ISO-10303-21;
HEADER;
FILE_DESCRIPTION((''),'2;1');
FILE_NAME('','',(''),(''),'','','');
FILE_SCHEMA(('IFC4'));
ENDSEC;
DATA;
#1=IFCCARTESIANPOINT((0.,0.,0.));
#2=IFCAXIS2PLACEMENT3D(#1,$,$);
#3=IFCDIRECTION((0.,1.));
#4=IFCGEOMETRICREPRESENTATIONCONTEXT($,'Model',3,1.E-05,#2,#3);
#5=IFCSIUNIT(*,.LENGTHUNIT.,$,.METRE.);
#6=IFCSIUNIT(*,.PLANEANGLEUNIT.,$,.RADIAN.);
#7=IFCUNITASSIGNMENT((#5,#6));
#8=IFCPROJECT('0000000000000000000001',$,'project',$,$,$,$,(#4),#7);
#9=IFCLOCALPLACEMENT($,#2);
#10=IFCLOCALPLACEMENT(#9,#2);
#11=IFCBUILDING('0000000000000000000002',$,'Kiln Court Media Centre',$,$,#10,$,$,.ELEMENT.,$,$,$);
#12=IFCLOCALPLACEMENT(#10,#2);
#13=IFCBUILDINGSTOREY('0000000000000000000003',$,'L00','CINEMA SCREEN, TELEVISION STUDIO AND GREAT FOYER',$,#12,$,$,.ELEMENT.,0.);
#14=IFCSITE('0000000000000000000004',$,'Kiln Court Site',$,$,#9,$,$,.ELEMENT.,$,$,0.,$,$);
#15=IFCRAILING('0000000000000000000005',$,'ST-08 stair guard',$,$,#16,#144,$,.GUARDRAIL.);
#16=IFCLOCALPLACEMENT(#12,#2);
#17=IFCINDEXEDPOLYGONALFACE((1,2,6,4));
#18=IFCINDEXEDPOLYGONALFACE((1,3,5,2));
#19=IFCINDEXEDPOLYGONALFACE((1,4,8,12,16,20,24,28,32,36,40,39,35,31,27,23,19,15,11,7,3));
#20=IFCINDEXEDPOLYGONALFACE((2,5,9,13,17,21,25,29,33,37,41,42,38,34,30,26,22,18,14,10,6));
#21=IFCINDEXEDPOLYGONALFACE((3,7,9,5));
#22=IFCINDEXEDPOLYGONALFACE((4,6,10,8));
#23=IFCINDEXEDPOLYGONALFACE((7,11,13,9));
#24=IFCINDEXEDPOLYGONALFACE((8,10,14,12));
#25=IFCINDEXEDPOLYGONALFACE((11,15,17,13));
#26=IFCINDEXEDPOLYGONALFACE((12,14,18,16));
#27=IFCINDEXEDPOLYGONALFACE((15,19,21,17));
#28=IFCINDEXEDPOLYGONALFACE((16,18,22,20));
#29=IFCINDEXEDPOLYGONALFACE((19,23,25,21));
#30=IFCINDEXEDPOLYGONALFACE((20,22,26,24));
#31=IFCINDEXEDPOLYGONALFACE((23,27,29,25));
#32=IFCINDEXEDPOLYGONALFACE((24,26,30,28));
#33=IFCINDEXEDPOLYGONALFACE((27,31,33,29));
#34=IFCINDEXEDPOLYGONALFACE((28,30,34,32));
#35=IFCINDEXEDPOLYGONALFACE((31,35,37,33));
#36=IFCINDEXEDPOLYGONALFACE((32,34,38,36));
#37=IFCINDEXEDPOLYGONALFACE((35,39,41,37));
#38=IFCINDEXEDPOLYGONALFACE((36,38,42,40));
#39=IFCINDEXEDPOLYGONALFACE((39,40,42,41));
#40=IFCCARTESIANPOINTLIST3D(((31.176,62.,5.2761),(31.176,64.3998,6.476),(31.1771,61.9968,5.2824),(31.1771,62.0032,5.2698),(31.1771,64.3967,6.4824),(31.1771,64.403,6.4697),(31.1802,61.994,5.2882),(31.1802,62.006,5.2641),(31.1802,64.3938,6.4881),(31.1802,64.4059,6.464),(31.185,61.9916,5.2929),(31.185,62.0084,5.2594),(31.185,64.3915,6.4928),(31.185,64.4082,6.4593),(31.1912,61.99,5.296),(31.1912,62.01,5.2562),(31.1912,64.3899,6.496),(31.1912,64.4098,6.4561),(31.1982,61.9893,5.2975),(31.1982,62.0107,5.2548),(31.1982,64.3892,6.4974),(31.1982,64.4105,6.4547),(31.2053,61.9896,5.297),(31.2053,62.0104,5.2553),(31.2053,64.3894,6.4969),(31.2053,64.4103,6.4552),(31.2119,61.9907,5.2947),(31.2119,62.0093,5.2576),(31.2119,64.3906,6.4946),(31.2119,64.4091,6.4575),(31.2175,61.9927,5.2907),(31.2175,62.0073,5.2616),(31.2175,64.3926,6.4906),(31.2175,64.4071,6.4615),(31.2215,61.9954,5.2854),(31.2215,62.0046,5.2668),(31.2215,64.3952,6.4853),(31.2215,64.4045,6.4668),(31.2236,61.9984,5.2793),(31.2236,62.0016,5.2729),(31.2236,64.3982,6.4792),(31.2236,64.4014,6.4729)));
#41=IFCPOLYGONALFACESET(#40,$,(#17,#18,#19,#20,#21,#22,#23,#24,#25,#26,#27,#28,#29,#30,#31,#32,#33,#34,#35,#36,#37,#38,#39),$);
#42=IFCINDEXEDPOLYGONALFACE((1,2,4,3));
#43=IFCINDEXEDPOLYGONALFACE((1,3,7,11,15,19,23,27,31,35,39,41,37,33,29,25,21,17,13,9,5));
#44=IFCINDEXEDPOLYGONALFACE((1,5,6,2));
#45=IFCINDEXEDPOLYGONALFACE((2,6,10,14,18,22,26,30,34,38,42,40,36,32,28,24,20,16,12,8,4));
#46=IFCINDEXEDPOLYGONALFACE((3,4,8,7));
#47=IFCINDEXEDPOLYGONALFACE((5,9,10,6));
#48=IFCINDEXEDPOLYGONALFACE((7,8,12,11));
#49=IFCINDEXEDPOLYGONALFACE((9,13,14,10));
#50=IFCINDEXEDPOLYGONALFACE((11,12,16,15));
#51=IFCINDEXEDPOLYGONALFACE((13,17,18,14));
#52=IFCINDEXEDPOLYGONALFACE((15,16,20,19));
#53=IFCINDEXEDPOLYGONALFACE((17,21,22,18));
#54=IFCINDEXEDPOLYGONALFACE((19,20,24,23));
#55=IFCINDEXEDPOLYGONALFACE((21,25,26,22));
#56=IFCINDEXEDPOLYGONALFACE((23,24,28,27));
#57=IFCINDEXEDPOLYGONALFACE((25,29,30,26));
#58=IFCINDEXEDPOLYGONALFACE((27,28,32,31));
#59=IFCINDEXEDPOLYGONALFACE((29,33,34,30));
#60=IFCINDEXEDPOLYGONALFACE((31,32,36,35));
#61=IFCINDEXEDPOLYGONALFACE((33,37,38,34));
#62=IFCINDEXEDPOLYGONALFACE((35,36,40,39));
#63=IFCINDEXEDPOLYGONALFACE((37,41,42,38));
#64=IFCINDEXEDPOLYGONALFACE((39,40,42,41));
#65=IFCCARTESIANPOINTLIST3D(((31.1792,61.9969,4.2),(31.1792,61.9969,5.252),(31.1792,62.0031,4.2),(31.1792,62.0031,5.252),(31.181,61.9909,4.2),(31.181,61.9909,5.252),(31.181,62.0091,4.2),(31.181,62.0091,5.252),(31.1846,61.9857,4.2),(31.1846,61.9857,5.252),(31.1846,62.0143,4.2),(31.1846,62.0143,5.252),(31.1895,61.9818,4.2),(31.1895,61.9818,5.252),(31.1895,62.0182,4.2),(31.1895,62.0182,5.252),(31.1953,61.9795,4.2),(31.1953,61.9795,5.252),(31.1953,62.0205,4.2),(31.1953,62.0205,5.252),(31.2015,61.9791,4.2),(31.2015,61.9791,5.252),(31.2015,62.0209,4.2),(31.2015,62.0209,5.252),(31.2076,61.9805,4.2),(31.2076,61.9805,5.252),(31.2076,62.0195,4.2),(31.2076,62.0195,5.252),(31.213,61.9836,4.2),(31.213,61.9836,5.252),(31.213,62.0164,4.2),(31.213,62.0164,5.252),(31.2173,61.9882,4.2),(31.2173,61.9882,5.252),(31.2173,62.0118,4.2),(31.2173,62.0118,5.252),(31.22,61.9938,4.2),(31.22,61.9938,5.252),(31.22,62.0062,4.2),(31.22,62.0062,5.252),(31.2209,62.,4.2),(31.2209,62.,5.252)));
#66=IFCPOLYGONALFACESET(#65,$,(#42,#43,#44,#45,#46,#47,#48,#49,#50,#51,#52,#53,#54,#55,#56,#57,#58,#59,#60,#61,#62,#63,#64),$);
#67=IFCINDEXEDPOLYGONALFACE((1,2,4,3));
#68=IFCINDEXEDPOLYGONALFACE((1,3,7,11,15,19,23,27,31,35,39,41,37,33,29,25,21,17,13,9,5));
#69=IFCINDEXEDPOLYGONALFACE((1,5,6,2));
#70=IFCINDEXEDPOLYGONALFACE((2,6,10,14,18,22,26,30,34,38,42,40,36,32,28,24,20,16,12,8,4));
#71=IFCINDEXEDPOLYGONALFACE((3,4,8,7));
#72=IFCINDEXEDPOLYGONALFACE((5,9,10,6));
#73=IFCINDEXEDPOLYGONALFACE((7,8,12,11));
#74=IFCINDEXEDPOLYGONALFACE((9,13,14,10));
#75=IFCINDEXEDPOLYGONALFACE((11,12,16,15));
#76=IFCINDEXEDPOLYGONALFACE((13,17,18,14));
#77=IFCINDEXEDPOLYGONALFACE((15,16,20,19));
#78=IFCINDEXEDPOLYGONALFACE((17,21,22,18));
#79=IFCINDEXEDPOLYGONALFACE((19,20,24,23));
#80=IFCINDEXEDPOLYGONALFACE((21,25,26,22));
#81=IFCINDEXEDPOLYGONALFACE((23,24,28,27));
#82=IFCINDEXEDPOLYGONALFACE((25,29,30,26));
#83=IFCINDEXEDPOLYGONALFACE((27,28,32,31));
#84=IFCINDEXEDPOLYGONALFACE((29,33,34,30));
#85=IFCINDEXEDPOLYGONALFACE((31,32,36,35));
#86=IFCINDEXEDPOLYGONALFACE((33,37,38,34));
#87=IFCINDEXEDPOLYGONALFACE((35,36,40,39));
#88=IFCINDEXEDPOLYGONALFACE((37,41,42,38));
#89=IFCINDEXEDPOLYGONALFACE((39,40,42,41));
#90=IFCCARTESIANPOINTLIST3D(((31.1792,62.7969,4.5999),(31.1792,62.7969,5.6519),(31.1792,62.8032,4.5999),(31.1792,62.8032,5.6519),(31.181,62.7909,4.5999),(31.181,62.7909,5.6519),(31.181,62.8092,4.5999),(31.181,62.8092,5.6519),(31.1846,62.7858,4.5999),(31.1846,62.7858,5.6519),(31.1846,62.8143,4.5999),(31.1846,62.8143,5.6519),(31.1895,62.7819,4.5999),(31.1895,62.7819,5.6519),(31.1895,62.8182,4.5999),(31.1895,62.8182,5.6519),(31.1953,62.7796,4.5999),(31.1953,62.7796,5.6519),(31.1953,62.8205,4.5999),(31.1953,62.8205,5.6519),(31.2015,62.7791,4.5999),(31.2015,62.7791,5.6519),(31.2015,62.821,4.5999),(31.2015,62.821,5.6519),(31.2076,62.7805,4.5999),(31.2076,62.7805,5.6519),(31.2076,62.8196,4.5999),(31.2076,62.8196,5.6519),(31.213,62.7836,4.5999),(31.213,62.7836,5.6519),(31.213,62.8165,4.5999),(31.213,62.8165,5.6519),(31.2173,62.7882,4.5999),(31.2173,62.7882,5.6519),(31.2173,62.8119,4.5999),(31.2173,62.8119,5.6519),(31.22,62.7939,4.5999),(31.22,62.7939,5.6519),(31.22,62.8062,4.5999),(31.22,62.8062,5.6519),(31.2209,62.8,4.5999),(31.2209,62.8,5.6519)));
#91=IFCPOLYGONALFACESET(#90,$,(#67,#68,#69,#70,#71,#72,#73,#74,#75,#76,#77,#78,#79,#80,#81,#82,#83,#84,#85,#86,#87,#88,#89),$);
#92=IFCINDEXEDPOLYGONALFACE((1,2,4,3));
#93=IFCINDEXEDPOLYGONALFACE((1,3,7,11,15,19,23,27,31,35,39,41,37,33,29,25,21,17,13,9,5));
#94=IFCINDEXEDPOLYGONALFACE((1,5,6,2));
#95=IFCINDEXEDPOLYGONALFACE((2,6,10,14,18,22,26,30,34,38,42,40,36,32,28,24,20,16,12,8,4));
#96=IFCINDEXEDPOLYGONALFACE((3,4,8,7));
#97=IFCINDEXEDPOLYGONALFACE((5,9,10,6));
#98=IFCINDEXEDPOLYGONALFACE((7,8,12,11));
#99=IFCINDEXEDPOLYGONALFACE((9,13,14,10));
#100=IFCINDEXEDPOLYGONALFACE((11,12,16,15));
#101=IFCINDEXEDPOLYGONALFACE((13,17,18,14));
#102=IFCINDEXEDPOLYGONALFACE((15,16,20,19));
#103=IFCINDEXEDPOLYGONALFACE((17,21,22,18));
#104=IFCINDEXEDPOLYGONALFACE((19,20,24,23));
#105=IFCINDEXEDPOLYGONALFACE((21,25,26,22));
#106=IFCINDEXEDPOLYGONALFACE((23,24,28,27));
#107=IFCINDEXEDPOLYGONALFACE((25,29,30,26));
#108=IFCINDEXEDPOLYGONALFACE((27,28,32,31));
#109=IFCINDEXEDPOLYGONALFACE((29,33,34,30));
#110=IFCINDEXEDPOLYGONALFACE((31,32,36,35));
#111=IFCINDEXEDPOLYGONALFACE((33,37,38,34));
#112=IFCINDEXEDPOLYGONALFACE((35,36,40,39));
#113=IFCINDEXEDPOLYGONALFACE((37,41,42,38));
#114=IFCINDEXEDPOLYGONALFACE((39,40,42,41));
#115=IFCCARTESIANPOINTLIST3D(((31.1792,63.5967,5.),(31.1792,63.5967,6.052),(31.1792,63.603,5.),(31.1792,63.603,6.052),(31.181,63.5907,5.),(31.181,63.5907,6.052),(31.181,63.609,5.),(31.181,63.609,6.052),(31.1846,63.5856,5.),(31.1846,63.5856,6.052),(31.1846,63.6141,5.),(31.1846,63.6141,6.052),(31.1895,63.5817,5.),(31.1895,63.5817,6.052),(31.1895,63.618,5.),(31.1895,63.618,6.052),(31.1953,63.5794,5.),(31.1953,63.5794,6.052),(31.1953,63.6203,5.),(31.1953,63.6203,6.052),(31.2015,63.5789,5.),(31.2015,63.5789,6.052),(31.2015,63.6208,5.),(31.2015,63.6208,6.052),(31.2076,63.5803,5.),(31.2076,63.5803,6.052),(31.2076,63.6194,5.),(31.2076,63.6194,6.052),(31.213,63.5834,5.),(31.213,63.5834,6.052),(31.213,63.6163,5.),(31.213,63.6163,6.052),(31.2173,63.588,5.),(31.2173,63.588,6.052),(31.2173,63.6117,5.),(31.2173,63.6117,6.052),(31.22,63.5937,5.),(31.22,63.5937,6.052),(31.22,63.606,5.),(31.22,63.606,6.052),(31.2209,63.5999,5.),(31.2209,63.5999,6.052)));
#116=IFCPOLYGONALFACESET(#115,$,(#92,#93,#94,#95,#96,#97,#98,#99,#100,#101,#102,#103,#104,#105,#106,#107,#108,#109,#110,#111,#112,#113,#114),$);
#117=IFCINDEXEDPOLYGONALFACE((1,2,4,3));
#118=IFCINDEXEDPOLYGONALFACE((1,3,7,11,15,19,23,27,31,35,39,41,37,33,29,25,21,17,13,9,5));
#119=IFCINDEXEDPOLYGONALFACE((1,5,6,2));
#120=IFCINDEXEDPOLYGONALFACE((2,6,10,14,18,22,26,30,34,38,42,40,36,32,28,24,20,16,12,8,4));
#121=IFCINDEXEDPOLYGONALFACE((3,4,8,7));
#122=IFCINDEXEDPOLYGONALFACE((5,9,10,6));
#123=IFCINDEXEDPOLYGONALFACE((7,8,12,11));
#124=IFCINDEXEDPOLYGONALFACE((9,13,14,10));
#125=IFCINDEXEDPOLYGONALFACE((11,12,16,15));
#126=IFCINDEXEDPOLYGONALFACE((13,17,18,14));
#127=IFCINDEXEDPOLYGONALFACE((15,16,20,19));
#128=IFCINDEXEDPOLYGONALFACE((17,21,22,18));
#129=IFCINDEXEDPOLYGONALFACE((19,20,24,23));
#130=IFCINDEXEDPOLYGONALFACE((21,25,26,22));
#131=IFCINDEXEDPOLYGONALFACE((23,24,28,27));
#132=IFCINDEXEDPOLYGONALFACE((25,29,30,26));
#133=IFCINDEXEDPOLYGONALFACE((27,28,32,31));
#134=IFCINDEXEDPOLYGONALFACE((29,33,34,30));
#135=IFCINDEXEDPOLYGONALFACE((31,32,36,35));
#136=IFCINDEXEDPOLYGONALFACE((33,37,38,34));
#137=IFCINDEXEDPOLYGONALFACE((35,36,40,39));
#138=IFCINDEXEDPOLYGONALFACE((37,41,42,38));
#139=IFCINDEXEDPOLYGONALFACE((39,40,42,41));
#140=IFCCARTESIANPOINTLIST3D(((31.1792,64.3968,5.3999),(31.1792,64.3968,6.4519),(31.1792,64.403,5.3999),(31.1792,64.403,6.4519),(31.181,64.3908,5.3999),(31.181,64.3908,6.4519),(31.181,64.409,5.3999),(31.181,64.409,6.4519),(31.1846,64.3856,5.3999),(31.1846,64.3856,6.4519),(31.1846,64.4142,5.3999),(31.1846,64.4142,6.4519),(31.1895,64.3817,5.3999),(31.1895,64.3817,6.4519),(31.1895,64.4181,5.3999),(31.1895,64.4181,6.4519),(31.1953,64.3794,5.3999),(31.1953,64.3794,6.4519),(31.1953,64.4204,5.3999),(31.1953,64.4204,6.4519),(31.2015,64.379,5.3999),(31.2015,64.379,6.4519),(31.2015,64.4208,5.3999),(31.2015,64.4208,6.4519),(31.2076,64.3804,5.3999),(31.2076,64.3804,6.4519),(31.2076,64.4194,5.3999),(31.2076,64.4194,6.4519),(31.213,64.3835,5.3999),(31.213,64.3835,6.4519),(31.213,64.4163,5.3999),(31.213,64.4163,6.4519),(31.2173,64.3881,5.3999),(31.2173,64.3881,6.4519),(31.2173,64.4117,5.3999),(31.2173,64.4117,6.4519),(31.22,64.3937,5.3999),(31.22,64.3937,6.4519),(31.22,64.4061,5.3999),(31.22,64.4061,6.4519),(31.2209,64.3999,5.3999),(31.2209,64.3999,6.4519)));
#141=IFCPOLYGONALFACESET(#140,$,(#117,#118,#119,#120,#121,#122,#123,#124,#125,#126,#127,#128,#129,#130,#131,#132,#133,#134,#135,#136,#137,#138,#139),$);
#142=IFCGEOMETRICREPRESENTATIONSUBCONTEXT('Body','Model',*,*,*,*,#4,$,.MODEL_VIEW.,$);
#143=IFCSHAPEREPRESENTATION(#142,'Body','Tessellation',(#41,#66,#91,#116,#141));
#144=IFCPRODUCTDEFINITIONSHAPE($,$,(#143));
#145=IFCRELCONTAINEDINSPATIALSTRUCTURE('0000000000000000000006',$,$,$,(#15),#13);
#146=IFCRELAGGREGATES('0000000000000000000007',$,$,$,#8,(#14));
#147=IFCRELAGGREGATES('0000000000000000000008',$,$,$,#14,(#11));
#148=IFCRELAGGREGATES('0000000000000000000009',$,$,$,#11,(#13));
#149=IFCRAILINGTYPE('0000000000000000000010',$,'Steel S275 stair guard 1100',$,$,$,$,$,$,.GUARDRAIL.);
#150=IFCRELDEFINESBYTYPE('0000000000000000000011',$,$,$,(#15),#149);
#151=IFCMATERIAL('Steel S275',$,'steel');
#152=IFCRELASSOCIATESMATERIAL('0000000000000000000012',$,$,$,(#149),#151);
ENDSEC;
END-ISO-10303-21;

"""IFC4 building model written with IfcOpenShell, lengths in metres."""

from ifc_helpers import new_model, si_unit, direction, frame, origin, origin_2d, place, context, subcontext, project, spatial, circle, extrude, material, type_object, element, save


model = new_model("IFC4")

# Units and contexts
model_context = context("Model", 3, precision=1e-05, world=origin(), true_north=direction((0.0, 1.0)))
body_context = subcontext(model_context, "Body", "Model", "MODEL_VIEW")
ifc_project = project(units=[si_unit("LENGTHUNIT", "METRE"), si_unit("PLANEANGLEUNIT", "RADIAN")], contexts=[model_context])

# Site, building, storey
site_placement = place(None, origin())
site = spatial("IfcSite", under=ifc_project, at=site_placement, Name="Kiln Court Site", CompositionType="ELEMENT", RefElevation=0.0)
building_placement = place(site_placement, origin())
building = spatial("IfcBuilding", under=site, at=building_placement, Name="Kiln Court Media Centre", CompositionType="ELEMENT")
storey_placement = place(building_placement, origin())
storey = spatial("IfcBuildingStorey", under=building, at=storey_placement, Name="L00", Description="CINEMA SCREEN, TELEVISION STUDIO AND GREAT FOYER", CompositionType="ELEMENT", Elevation=0.0)

# Railing
ifc_material_1 = material(Name="Steel S275", Category="steel")
railing_type_1 = type_object("IfcRailingType", Name="Steel S275 stair guard 1100", PredefinedType="GUARDRAIL", material=ifc_material_1)
railing_1_placement = place(storey_placement, frame((31.2, 62.0, 4.2)))
element("IfcRailing", 1, at=railing_1_placement, inside=storey, type_object=railing_type_1, Name="ST-08 stair guard", PredefinedType="GUARDRAIL", context=body_context, shape_type="SweptSolid", body=[
    extrude(circle(Radius=0.0239, at=origin_2d()), frame((0.0, 0.0, 1.0762), z_axis=(0.0, 0.894427, 0.447214), x_axis=(-1.0, 0.0, 0.0)), (0.0, 0.0, 1.0), 2.6831),
    extrude(circle(Radius=0.021, at=origin_2d()), origin(), (0.0, 0.0, 1.0), 1.052),
    extrude(circle(Radius=0.021, at=origin_2d()), frame((0.0, 0.8, 0.3999)), (0.0, 0.0, 1.0), 1.052),
    extrude(circle(Radius=0.021, at=origin_2d()), frame((0.0, 1.5999, 0.8)), (0.0, 0.0, 1.0), 1.052),
    extrude(circle(Radius=0.021, at=origin_2d()), frame((0.0, 2.3999, 1.2)), (0.0, 0.0, 1.0), 1.052),
])

save(model, "model.ifc")
